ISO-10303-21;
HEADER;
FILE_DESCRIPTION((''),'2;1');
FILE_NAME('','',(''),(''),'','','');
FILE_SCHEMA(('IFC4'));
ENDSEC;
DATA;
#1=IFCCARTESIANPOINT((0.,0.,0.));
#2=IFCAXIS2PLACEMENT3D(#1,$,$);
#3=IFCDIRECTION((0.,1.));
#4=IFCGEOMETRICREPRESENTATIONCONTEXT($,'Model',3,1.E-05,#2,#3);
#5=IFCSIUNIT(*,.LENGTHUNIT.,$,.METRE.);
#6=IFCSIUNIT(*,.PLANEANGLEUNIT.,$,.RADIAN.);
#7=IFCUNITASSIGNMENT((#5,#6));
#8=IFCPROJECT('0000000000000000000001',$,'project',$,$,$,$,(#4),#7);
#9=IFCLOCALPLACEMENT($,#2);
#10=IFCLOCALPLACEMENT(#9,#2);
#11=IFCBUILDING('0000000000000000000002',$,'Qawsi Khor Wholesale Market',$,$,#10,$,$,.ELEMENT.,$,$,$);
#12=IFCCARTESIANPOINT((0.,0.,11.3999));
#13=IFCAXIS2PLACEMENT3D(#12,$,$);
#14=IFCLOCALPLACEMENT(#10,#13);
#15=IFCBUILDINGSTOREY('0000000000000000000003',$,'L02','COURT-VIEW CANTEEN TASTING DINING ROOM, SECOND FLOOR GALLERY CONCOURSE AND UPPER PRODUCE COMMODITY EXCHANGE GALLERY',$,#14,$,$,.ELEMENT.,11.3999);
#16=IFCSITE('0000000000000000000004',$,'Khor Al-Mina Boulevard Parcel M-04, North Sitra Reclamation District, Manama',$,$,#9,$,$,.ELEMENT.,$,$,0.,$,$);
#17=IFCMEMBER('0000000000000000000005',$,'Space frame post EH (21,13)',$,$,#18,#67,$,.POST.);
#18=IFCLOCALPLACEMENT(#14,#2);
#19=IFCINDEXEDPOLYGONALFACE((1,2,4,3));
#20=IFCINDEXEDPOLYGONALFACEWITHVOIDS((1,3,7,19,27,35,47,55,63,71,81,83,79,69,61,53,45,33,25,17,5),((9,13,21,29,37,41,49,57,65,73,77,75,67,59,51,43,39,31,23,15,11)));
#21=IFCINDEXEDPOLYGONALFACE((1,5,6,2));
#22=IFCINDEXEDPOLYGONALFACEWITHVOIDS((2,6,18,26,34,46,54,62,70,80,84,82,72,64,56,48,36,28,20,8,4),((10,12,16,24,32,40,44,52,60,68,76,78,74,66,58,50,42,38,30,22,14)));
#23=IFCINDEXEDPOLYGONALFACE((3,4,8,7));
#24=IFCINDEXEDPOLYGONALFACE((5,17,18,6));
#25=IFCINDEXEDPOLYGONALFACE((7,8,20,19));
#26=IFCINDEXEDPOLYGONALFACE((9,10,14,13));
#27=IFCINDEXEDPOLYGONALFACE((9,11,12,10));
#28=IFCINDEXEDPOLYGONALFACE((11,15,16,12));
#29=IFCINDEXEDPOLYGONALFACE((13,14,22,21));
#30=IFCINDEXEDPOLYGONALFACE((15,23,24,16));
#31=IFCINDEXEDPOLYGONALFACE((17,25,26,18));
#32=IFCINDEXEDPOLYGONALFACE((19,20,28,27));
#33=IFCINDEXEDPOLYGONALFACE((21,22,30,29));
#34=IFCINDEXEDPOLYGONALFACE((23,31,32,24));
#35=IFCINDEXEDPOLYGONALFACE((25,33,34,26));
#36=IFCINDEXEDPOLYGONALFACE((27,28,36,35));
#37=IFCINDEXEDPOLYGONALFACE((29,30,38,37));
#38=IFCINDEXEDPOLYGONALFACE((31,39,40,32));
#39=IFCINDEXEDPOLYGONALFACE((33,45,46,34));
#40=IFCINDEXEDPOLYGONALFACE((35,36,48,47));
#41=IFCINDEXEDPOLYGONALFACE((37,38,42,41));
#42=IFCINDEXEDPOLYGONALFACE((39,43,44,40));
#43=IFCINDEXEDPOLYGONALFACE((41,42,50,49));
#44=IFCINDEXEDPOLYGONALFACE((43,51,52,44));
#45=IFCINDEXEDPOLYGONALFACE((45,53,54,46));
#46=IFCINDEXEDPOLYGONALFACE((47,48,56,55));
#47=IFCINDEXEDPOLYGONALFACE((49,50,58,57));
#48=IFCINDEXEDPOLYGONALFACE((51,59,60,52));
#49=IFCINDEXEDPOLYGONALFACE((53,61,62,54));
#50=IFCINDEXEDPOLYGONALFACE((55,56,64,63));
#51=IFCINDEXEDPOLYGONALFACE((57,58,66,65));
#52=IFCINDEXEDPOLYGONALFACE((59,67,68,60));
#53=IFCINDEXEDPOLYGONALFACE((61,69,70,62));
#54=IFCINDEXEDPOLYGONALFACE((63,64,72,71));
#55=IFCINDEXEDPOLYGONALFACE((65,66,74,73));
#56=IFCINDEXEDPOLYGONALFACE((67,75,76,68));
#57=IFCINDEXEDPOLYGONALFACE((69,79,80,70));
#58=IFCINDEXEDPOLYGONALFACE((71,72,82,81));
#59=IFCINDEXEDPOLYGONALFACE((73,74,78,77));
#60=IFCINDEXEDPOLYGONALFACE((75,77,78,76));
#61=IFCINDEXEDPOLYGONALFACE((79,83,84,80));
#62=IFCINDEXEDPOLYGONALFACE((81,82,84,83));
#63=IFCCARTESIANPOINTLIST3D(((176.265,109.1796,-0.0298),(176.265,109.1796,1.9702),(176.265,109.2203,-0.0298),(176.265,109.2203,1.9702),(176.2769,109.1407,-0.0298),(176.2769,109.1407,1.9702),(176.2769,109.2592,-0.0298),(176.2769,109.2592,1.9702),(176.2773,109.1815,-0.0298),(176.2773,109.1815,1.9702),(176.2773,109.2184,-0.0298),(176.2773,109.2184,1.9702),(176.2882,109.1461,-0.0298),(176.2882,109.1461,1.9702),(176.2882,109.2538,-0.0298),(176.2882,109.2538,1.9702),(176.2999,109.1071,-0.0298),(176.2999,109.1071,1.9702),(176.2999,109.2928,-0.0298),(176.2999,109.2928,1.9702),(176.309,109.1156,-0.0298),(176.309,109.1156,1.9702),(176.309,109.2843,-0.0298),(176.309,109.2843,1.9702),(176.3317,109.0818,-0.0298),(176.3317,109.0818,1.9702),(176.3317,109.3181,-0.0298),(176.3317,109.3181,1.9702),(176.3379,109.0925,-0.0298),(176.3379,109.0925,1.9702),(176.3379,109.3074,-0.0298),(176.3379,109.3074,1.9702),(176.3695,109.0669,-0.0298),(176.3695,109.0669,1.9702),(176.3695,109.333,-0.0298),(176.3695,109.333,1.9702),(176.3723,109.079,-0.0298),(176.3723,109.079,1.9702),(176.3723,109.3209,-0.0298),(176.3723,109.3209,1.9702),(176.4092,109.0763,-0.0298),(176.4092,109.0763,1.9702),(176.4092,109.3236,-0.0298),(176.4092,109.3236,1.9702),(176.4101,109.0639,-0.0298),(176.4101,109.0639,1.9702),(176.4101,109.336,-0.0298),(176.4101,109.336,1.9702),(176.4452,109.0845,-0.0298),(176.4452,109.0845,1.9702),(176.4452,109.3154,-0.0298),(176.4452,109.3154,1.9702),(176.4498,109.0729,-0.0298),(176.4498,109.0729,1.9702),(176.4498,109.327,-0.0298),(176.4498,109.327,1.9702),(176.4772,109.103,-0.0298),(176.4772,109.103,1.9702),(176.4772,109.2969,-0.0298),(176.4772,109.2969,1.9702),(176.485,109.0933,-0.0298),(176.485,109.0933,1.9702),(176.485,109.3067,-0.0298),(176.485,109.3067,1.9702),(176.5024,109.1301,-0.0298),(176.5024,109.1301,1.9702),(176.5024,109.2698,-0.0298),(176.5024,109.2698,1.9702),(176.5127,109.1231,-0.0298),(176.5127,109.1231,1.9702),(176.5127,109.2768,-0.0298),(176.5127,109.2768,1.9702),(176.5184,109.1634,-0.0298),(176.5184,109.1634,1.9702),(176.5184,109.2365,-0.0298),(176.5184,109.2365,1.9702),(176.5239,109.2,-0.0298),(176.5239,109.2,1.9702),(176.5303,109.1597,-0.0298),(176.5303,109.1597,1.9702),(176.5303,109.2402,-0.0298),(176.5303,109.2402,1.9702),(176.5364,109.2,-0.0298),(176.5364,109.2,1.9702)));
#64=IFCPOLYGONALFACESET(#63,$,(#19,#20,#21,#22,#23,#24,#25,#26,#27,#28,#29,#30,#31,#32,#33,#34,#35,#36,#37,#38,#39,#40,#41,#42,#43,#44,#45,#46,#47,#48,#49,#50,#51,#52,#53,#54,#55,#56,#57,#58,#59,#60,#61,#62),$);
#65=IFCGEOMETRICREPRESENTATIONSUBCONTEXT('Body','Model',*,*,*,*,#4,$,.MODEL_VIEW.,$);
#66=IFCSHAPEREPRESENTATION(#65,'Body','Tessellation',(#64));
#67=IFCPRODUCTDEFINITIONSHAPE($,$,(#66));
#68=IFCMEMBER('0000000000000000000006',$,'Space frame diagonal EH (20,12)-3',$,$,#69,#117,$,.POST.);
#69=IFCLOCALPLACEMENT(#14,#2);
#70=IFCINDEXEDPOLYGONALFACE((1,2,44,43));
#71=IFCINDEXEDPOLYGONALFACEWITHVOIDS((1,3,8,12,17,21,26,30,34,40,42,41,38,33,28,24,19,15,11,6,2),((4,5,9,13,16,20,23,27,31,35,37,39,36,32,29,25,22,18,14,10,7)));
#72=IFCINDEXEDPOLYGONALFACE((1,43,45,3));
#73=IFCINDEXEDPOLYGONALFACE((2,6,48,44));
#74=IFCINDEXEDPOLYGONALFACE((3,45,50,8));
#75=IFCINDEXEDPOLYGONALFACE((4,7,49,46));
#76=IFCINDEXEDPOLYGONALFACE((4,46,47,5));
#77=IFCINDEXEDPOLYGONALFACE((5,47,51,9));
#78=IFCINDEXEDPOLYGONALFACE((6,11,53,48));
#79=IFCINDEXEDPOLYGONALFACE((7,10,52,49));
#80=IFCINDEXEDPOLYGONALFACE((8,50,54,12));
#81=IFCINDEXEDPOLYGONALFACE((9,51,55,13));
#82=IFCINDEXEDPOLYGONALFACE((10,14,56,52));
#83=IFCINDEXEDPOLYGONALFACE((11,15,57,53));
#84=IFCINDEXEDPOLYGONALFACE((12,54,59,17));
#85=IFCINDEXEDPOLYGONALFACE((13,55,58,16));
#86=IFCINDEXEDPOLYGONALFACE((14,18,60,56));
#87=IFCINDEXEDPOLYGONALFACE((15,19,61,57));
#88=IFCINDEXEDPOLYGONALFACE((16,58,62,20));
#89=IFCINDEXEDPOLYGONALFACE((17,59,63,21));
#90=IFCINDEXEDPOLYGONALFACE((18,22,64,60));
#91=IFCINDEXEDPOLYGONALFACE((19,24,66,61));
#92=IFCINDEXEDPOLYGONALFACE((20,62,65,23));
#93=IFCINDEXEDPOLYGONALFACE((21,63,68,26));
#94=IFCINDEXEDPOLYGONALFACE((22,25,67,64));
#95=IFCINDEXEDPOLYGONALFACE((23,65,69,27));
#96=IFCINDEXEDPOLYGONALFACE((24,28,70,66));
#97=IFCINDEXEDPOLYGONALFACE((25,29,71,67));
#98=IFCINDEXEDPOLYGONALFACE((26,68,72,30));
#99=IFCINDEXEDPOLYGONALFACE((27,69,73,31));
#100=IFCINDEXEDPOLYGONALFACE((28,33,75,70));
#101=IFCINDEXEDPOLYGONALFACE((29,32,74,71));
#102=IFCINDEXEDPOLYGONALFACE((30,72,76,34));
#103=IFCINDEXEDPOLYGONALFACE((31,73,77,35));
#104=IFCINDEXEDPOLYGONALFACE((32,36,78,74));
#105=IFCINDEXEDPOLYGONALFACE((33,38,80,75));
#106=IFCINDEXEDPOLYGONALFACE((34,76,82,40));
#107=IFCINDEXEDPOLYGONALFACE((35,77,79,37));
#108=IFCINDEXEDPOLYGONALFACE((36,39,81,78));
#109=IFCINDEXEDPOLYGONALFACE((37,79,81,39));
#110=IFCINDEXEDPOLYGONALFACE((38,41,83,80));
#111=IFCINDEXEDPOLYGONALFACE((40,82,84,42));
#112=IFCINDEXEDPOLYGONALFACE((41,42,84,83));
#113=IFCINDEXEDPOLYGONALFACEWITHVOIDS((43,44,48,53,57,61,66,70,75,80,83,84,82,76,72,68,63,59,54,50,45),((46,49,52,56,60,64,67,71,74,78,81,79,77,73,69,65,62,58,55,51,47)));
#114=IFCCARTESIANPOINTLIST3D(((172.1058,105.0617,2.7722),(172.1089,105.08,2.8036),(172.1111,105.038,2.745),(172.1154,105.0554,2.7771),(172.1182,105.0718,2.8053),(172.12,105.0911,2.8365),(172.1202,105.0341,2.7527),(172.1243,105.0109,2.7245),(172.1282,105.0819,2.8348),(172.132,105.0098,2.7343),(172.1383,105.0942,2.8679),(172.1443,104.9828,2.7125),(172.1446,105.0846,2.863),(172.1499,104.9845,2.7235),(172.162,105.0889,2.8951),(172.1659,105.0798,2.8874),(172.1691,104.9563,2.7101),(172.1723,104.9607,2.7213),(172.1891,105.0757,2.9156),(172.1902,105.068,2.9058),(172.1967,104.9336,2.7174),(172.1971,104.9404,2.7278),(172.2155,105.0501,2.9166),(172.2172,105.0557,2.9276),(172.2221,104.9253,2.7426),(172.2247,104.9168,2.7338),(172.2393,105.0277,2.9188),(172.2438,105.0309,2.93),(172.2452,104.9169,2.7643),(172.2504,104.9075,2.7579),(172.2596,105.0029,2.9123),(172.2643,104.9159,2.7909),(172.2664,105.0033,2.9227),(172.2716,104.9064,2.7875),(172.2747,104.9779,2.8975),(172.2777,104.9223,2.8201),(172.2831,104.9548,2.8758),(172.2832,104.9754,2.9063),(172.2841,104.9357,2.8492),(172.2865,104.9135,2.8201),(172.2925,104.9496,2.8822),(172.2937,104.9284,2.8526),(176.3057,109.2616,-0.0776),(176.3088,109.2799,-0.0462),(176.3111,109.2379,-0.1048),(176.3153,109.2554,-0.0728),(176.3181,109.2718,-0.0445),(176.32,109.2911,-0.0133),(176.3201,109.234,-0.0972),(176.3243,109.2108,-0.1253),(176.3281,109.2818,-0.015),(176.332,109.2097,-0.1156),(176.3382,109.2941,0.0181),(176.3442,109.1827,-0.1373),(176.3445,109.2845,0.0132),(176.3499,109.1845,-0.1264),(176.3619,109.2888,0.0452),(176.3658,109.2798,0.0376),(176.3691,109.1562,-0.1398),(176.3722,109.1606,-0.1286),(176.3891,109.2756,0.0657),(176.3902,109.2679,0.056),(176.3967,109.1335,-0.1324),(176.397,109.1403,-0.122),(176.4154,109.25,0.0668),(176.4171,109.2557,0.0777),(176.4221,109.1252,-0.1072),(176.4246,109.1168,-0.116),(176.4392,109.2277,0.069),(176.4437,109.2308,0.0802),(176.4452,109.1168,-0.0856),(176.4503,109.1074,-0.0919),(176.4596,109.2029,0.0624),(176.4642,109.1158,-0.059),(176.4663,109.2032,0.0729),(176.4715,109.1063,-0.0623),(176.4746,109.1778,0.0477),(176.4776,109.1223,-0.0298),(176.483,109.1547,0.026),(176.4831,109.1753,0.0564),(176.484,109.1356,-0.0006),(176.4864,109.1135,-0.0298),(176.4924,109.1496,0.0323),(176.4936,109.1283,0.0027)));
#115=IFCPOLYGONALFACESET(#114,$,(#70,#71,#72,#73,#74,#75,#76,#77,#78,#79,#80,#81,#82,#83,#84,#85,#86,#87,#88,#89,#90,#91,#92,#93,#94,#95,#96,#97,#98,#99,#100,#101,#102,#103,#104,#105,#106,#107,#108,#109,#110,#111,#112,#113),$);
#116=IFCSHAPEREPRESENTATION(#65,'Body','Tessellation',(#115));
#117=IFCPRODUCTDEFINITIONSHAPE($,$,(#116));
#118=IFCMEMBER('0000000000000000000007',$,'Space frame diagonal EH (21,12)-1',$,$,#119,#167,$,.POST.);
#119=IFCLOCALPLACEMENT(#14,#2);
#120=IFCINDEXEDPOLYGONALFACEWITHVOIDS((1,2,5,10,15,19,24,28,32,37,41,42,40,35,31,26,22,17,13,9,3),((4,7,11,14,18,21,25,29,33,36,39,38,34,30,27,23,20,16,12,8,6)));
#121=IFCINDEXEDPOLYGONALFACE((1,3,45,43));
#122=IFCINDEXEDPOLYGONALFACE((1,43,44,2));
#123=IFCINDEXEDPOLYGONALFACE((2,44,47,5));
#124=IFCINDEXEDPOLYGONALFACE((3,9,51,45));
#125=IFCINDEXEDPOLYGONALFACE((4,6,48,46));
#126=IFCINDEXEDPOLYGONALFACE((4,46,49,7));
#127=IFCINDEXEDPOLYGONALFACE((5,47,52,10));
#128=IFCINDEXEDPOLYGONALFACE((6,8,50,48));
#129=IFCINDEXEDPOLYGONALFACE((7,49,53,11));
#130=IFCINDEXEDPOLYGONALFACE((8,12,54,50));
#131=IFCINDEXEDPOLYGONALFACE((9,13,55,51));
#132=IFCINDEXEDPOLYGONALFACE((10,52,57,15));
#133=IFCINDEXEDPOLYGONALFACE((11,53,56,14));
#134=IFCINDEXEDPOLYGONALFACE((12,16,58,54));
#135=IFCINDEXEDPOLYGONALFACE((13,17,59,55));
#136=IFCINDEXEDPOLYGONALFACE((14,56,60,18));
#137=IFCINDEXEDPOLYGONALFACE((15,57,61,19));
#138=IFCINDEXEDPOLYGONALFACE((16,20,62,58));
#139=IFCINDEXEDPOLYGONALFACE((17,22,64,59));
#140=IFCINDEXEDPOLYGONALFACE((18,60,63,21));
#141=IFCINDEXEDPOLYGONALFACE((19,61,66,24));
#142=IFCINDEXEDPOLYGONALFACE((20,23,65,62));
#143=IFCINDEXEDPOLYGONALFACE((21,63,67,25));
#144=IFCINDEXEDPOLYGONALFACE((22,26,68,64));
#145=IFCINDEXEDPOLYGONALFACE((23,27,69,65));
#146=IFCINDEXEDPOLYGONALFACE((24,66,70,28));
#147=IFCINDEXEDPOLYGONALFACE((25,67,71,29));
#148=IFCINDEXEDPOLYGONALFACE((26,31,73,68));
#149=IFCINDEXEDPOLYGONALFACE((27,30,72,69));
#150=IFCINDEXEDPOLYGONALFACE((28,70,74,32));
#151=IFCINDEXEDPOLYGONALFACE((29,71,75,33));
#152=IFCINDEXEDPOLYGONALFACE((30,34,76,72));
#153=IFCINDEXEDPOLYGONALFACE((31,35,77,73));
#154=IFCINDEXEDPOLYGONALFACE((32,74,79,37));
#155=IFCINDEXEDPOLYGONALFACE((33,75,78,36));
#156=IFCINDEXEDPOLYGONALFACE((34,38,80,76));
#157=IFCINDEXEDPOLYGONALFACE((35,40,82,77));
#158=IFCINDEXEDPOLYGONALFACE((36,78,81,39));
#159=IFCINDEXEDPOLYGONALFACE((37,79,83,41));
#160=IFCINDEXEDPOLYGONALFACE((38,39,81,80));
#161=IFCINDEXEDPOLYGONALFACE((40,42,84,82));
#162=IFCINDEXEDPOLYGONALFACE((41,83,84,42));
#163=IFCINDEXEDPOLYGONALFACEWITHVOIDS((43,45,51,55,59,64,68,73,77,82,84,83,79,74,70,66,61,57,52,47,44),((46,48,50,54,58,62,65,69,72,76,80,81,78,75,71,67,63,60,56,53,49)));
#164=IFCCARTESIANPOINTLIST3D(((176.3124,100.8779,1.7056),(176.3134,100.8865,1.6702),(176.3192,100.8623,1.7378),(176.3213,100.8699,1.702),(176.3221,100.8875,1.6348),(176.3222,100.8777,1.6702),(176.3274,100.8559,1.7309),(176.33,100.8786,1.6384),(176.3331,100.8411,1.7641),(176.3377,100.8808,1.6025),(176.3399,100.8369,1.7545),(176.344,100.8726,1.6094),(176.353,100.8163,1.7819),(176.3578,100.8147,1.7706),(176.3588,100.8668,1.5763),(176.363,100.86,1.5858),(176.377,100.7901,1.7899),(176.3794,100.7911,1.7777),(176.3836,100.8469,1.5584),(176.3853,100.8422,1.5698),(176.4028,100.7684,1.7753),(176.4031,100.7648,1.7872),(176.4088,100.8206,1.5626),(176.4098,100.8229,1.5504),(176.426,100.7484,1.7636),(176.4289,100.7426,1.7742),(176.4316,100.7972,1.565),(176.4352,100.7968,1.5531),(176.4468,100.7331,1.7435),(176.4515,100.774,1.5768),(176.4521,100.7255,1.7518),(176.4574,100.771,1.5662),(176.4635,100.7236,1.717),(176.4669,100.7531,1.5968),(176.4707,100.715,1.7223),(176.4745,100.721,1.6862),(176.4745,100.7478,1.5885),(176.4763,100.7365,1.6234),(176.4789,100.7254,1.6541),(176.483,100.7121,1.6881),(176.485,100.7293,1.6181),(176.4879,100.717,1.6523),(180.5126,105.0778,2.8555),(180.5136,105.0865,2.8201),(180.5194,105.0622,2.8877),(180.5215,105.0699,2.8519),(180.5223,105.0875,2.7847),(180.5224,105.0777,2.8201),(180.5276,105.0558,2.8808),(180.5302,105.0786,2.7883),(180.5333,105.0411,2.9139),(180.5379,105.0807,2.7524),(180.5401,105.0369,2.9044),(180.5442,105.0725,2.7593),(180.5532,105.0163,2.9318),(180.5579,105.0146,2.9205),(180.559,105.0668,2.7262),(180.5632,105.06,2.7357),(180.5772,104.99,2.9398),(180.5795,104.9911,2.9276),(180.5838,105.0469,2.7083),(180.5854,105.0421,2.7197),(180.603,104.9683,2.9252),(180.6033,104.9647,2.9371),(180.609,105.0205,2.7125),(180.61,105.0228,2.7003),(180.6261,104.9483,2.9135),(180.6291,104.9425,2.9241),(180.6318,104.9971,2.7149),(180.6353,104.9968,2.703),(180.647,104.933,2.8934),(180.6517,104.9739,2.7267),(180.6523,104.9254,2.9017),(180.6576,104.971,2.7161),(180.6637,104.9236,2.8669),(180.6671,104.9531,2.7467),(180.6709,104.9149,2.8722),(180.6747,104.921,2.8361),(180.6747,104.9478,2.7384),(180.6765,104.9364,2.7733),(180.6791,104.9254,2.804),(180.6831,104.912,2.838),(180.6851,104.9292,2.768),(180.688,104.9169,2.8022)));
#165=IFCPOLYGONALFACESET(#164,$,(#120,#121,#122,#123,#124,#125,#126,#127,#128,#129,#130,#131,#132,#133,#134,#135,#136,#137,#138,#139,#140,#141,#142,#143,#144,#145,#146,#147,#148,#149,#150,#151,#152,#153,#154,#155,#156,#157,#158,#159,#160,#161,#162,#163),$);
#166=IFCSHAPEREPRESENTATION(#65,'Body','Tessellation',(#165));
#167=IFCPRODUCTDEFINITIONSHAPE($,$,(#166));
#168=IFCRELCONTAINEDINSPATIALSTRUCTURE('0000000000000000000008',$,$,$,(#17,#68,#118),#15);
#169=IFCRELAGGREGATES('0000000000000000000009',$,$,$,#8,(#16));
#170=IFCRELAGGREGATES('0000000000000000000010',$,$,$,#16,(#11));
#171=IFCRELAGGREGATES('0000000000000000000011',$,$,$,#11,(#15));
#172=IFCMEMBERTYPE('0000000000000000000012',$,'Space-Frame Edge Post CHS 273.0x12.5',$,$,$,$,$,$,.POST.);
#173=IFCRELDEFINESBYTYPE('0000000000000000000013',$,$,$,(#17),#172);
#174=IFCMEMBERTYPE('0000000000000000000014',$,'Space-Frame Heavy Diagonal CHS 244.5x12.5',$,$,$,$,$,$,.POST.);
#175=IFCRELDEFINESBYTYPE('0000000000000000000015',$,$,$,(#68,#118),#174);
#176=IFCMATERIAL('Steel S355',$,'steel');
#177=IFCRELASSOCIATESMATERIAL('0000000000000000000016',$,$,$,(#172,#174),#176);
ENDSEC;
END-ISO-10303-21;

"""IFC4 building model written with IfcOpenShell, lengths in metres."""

from ifc_helpers import new_model, si_unit, direction, frame, origin, origin_2d, place, context, subcontext, project, spatial, hollow_circle, extrude, material, material_profile, profile_set, type_object, element, save


model = new_model("IFC4")

# Units and contexts
model_context = context("Model", 3, precision=1e-05, world=origin(), true_north=direction((0.0, 1.0)))
body_context = subcontext(model_context, "Body", "Model", "MODEL_VIEW")
ifc_project = project(units=[si_unit("LENGTHUNIT", "METRE"), si_unit("PLANEANGLEUNIT", "RADIAN")], contexts=[model_context])

# Site, building, storey
site_placement = place(None, origin())
site = spatial("IfcSite", under=ifc_project, at=site_placement, Name="Khor Al-Mina Boulevard Parcel M-04, North Sitra Reclamation District, Manama", CompositionType="ELEMENT", RefElevation=0.0)
building_placement = place(site_placement, origin())
building = spatial("IfcBuilding", under=site, at=building_placement, Name="Qawsi Khor Wholesale Market", CompositionType="ELEMENT")
storey_placement = place(building_placement, frame((0.0, 0.0, 11.3999)))
storey = spatial("IfcBuildingStorey", under=building, at=storey_placement, Name="L02", Description="COURT-VIEW CANTEEN TASTING DINING ROOM, SECOND FLOOR GALLERY CONCOURSE AND UPPER PRODUCE COMMODITY EXCHANGE GALLERY", CompositionType="ELEMENT", Elevation=11.3999)

# Members
ifc_material_1 = material(Name="Steel S355", Category="steel")
ifc_material_profile_1 = material_profile(ifc_material_1, hollow_circle(Radius=0.1365, WallThickness=0.0125, at=origin_2d()), Name="CHS 273.0x12.5")
ifc_profile_set_1 = profile_set([ifc_material_profile_1], Name="Steel S355")
member_type_1 = type_object("IfcMemberType", Name="Space-Frame Edge Post CHS 273.0x12.5", PredefinedType="POST", material=ifc_profile_set_1)
member_1_placement = place(storey_placement, frame((176.3999, 109.2, -0.0298), z_axis=(0.0, 0.0, 1.0), x_axis=(1.0, 0.0, 0.0)))
element("IfcMember", 1, at=member_1_placement, inside=storey, type_object=member_type_1, Name="Space frame post EH (21,13)", PredefinedType="POST", context=body_context, shape_type="SweptSolid", body=[
    extrude(hollow_circle(Radius=0.1365, WallThickness=0.0125, at=origin_2d()), origin(), (0.0, 0.0, 1.0), 2.0),
])
ifc_material_profile_2 = material_profile(ifc_material_1, hollow_circle(Radius=0.1223, WallThickness=0.0125, at=origin_2d()), Name="CHS 244.5x12.5")
ifc_profile_set_2 = profile_set([ifc_material_profile_2], Name="Steel S355")
member_type_2 = type_object("IfcMemberType", Name="Space-Frame Heavy Diagonal CHS 244.5x12.5", PredefinedType="POST", material=ifc_profile_set_2)
member_2_placement = place(storey_placement, frame((176.3999, 109.2, -0.0298), z_axis=(-0.637522, -0.637522, 0.432587), x_axis=(0.707107, -0.707107, 0.0)))
element("IfcMember", 2, at=member_2_placement, inside=storey, type_object=member_type_2, Name="Space frame diagonal EH (20,12)-3", PredefinedType="POST", context=body_context, shape_type="SweptSolid", body=[
    extrude(hollow_circle(Radius=0.1223, WallThickness=0.0125, at=origin_2d()), origin(), (0.0, 0.0, 1.0), 6.5879),
])
member_3_placement = place(storey_placement, frame((176.3999, 100.8, 1.6702), z_axis=(0.694238, 0.694197, 0.190064), x_axis=(-0.707086, 0.707127, 0.0)))
element("IfcMember", 3, at=member_3_placement, inside=storey, type_object=member_type_2, Name="Space frame diagonal EH (21,12)-1", PredefinedType="POST", context=body_context, shape_type="SweptSolid", body=[
    extrude(hollow_circle(Radius=0.1223, WallThickness=0.0125, at=origin_2d()), origin(), (0.0, 0.0, 1.0), 6.05),
])

save(model, "model.ifc")
